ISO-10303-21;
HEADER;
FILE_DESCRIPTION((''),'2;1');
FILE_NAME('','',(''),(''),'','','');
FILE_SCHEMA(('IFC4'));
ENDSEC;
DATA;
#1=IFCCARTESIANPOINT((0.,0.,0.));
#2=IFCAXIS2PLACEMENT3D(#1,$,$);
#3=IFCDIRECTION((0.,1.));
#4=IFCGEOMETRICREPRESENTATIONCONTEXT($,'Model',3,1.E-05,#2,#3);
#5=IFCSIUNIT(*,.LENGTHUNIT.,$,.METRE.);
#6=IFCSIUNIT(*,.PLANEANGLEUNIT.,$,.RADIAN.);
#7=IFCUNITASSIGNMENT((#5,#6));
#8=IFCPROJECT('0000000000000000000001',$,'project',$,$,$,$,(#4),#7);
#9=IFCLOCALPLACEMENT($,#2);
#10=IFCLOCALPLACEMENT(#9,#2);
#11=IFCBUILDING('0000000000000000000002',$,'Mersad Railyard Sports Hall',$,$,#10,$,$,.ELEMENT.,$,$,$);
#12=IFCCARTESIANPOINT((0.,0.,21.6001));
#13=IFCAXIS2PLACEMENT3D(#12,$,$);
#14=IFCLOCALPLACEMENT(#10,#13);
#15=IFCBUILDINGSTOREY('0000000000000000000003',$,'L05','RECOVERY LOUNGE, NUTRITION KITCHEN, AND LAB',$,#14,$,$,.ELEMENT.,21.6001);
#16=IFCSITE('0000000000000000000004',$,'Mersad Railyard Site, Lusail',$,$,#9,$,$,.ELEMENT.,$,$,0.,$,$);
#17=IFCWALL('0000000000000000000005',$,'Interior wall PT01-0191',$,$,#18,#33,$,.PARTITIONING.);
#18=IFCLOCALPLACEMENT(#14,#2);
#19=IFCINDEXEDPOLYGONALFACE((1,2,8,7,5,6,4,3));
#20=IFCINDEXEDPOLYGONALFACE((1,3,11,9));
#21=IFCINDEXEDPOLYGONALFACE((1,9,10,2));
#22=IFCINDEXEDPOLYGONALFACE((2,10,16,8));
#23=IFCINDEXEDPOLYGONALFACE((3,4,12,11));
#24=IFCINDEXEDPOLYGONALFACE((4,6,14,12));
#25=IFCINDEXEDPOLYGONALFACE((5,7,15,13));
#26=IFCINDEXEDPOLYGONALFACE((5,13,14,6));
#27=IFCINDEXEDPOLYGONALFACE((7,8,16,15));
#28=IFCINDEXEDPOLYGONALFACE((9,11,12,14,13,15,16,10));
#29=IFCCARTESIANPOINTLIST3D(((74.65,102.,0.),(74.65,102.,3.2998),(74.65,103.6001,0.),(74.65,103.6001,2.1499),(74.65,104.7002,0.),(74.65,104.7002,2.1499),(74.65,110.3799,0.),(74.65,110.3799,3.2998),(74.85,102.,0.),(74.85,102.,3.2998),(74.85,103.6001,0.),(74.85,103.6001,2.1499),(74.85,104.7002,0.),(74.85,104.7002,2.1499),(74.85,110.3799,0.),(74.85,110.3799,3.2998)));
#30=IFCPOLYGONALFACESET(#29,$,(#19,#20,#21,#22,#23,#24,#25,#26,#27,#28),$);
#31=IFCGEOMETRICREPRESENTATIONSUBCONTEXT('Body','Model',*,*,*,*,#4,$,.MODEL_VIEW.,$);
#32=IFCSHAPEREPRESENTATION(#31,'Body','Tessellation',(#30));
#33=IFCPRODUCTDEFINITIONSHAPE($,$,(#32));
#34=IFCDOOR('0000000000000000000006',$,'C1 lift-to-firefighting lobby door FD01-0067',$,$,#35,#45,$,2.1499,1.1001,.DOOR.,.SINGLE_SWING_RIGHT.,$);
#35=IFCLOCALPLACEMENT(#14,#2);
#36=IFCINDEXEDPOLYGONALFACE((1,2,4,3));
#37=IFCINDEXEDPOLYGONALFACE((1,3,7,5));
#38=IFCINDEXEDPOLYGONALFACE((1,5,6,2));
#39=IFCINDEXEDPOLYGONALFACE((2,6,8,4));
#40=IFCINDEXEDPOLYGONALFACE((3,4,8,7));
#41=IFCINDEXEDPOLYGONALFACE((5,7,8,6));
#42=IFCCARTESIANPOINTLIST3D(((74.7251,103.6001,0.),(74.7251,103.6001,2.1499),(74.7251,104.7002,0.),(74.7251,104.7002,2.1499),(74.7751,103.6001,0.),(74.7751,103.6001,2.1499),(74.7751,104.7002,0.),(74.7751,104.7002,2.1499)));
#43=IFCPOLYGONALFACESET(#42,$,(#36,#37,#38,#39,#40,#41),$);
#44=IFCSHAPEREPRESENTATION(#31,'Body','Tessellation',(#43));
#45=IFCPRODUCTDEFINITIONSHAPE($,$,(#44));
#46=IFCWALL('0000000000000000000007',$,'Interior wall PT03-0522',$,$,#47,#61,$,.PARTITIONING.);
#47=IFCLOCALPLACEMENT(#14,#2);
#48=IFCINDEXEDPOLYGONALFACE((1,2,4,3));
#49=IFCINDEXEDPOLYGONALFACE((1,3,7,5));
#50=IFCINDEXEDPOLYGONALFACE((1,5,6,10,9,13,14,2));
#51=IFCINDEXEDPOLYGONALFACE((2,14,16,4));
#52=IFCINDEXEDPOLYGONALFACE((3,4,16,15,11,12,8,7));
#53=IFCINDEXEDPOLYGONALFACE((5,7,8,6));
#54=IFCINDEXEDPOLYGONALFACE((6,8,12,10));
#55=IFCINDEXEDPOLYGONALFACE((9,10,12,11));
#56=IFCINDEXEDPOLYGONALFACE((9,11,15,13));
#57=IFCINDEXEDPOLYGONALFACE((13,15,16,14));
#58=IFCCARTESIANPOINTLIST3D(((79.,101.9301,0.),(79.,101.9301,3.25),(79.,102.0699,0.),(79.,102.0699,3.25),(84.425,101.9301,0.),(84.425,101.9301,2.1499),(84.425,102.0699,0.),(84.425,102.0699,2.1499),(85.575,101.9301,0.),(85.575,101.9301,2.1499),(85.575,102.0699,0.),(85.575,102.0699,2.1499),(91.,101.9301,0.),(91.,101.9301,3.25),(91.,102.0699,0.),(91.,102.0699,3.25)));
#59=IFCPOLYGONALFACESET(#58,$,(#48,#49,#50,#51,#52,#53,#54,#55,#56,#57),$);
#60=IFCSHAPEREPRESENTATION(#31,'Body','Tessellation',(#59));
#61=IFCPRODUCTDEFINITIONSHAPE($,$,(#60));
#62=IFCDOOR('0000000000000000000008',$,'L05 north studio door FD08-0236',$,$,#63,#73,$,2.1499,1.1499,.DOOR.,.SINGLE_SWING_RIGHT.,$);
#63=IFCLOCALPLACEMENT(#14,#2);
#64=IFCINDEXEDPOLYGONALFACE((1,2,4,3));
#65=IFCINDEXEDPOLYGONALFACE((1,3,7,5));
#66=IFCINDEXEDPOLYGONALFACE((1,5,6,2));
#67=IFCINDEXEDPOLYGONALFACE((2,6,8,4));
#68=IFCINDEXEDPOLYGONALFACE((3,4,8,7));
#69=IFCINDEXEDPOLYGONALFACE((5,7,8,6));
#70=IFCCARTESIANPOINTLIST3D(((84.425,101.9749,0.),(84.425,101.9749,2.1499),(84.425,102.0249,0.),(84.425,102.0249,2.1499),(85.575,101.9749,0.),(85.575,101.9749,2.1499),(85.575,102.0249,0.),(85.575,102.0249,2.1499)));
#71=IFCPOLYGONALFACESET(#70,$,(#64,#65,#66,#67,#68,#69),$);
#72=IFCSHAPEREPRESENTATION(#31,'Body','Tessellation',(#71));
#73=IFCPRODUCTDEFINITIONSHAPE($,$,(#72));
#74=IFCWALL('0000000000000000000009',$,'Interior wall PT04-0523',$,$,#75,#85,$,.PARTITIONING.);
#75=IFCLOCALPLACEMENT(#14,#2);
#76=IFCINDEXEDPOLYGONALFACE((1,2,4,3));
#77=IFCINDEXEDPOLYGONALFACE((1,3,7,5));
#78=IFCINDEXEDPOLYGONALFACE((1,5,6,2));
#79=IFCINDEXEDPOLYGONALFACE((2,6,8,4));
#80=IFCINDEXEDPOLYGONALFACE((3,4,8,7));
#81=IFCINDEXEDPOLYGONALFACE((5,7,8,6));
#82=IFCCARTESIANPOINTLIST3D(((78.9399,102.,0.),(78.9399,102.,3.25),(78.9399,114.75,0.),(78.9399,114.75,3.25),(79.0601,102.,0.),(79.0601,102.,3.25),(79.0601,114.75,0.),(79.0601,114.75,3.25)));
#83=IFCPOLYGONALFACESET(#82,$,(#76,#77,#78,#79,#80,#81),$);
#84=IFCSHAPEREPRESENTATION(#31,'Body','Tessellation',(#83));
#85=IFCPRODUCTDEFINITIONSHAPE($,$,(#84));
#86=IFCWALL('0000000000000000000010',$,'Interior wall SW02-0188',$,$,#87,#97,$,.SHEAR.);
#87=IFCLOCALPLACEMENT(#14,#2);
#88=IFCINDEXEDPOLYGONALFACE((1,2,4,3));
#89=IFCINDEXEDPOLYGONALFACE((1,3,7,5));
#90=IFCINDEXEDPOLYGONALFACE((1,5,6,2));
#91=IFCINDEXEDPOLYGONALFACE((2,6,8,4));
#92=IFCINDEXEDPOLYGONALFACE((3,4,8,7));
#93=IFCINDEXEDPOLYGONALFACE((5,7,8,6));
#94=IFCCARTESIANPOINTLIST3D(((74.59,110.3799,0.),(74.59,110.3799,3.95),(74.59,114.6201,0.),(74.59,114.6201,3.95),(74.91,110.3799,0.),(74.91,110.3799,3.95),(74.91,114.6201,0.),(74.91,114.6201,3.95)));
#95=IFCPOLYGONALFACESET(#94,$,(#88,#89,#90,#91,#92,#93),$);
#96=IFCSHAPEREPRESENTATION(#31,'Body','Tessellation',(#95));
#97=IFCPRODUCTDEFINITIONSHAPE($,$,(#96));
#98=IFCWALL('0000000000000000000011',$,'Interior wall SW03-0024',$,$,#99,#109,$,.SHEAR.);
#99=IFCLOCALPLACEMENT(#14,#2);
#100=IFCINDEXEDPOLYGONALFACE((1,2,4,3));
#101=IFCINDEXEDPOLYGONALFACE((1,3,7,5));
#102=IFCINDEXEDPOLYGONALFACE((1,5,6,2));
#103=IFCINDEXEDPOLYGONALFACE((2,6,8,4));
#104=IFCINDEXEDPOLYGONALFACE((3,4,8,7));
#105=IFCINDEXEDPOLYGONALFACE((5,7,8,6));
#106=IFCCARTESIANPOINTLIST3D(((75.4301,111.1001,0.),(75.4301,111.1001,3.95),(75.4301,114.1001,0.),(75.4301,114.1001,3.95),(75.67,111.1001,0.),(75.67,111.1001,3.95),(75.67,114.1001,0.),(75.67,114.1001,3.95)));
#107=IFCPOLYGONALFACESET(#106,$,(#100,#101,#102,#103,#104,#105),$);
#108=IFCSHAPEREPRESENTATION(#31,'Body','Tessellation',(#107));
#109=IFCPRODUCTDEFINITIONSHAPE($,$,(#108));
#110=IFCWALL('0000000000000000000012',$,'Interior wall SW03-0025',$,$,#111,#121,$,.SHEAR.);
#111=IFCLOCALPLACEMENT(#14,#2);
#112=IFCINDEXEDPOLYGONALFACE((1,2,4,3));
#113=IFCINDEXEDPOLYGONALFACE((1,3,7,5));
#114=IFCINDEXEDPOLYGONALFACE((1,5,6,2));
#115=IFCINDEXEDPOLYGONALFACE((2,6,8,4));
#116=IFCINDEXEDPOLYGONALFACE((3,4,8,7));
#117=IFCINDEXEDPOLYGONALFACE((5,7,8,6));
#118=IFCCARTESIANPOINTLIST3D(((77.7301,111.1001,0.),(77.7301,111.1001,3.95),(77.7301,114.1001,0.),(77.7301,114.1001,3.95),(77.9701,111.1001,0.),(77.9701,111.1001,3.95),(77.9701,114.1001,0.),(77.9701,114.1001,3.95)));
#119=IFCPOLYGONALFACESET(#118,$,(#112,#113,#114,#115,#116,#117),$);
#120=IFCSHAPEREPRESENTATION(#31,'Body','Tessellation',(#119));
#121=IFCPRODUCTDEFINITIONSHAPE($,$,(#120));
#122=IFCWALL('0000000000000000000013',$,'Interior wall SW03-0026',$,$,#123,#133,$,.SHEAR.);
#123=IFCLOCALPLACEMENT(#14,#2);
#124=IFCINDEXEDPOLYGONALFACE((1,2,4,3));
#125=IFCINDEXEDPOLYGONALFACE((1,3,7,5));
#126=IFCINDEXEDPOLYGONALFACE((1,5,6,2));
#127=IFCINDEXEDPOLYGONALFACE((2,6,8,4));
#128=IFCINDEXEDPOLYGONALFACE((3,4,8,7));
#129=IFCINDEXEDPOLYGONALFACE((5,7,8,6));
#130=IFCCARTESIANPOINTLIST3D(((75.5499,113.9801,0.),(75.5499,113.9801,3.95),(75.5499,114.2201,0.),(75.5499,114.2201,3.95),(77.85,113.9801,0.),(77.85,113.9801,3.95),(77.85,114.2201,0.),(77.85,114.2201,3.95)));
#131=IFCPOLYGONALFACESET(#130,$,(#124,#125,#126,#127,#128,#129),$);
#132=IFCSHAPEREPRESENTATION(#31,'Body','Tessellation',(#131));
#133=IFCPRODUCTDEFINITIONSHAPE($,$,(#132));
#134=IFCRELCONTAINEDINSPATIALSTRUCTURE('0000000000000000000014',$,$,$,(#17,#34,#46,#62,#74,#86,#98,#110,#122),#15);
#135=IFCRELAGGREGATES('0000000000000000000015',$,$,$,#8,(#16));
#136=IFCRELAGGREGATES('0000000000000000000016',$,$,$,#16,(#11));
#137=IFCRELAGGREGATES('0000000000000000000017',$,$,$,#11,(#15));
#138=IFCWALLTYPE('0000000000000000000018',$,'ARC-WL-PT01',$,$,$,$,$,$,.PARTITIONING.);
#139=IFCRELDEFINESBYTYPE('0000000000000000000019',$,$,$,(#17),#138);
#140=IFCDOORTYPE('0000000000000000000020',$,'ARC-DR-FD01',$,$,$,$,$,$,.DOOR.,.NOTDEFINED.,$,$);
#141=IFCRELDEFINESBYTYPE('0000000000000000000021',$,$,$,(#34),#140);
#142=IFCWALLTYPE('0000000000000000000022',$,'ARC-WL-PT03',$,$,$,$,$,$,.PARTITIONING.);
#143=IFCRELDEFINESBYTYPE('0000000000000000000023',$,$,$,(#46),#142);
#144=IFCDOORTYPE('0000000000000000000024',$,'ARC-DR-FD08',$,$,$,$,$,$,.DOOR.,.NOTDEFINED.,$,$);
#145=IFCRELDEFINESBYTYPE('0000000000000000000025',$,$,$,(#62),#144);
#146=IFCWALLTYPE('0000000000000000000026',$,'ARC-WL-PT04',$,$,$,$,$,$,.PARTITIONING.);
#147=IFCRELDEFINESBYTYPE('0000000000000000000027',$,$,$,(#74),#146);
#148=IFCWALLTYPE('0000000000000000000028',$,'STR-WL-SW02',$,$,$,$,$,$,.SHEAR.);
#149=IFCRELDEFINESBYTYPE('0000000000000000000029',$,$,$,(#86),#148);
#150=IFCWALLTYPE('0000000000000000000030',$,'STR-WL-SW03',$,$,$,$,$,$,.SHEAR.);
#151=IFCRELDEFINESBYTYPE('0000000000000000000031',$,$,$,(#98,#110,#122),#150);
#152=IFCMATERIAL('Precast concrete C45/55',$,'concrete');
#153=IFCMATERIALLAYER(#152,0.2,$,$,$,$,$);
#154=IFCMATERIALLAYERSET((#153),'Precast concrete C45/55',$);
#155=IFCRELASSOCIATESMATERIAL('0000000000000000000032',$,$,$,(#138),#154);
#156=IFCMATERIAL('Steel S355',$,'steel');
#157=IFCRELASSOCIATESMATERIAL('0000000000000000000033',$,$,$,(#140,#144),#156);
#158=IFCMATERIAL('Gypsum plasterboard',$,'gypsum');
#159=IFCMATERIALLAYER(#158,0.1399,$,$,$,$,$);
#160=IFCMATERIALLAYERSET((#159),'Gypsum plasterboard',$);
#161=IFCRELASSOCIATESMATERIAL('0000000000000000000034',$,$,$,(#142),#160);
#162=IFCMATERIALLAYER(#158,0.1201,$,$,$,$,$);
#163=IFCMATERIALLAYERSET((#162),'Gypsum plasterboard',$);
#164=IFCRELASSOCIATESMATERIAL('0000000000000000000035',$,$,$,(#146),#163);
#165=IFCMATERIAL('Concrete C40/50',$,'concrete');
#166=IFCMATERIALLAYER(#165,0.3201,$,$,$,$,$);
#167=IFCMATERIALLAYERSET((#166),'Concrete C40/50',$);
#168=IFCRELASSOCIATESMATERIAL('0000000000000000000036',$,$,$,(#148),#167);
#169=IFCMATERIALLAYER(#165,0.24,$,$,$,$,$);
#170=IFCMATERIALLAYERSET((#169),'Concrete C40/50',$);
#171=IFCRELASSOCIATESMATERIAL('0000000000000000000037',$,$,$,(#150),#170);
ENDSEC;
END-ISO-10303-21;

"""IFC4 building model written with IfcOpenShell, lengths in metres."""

from ifc_helpers import new_model, si_unit, direction, frame, frame_2d, origin, place, context, subcontext, project, spatial, rectangle, extrude, material, layer, layer_set, type_object, element, fill, save


model = new_model("IFC4")

# Units and contexts
model_context = context("Model", 3, precision=1e-05, world=origin(), true_north=direction((0.0, 1.0)))
body_context = subcontext(model_context, "Body", "Model", "MODEL_VIEW")
ifc_project = project(units=[si_unit("LENGTHUNIT", "METRE"), si_unit("PLANEANGLEUNIT", "RADIAN")], contexts=[model_context])

# Site, building, storey
site_placement = place(None, origin())
site = spatial("IfcSite", under=ifc_project, at=site_placement, Name="Mersad Railyard Site, Lusail", CompositionType="ELEMENT", RefElevation=0.0)
building_placement = place(site_placement, origin())
building = spatial("IfcBuilding", under=site, at=building_placement, Name="Mersad Railyard Sports Hall", CompositionType="ELEMENT")
storey_placement = place(building_placement, frame((0.0, 0.0, 21.6001)))
storey = spatial("IfcBuildingStorey", under=building, at=storey_placement, Name="L05", Description="RECOVERY LOUNGE, NUTRITION KITCHEN, AND LAB", CompositionType="ELEMENT", Elevation=21.6001)

# Shared definitions
ifc_material_1 = material(Name="Concrete C40/50", Category="concrete")

# Walls, openings, doors
ifc_material_2 = material(Name="Precast concrete C45/55", Category="concrete")
ifc_layer_1 = layer(ifc_material_2, 0.2)
ifc_layer_set_1 = layer_set([ifc_layer_1], Name="Precast concrete C45/55")
wall_type_1 = type_object("IfcWallType", Name="ARC-WL-PT01", PredefinedType="PARTITIONING", material=ifc_layer_set_1)
wall_1_placement = place(storey_placement, frame((74.75, 102.0, 0.0), z_axis=(0.0, 0.0, 1.0), x_axis=(0.0, 1.0, 0.0)))
wall_1 = element("IfcWall", 1, at=wall_1_placement, inside=storey, type_object=wall_type_1, Name="Interior wall PT01-0191", PredefinedType="PARTITIONING", context=body_context, shape_type="SweptSolid", body=[
    extrude(rectangle(XDim=8.3799, YDim=0.2, at=frame_2d((4.1899, 0.0))), origin(), (0.0, 0.0, 1.0), 3.2998),
])
opening_1_placement = place(wall_1_placement, frame((1.6001, 0.0, 0.0)))
opening_1 = element("IfcOpeningElement", 2, at=opening_1_placement, cuts=wall_1, PredefinedType="OPENING", context=body_context, shape_type="SweptSolid", body=[
    extrude(rectangle(XDim=1.1001, YDim=2.1499, at=frame_2d((0.55, 1.075))), frame((0.0, 0.1099, 0.0), z_axis=(0.0, -1.0, 0.0), x_axis=(1.0, 0.0, 0.0)), (0.0, 0.0, 1.0), 0.22),
])
ifc_material_3 = material(Name="Steel S355", Category="steel")
door_type_1 = type_object("IfcDoorType", Name="ARC-DR-FD01", OperationType="NOTDEFINED", PredefinedType="DOOR", material=ifc_material_3)
door_1_placement = place(opening_1_placement, origin())
door_1 = element("IfcDoor", 3, at=door_1_placement, inside=storey, type_object=door_type_1, Name="C1 lift-to-firefighting lobby door FD01-0067", OperationType="SINGLE_SWING_RIGHT", OverallHeight=2.1499, OverallWidth=1.1001, PredefinedType="DOOR", context=body_context, shape_type="SweptSolid", body=[
    extrude(rectangle(XDim=1.1001, YDim=2.1499, at=frame_2d((0.55, 1.075))), frame((0.0, 0.0249, 0.0), z_axis=(0.0, -1.0, 0.0), x_axis=(1.0, 0.0, 0.0)), (0.0, 0.0, 1.0), 0.05),
])
fill(opening_1, door_1)
ifc_material_4 = material(Name="Gypsum plasterboard", Category="gypsum")
ifc_layer_2 = layer(ifc_material_4, 0.1399)
ifc_layer_set_2 = layer_set([ifc_layer_2], Name="Gypsum plasterboard")
wall_type_2 = type_object("IfcWallType", Name="ARC-WL-PT03", PredefinedType="PARTITIONING", material=ifc_layer_set_2)
wall_2_placement = place(storey_placement, frame((79.0, 102.0, 0.0), z_axis=(0.0, 0.0, 1.0), x_axis=(1.0, 0.0, 0.0)))
wall_2 = element("IfcWall", 4, at=wall_2_placement, inside=storey, type_object=wall_type_2, Name="Interior wall PT03-0522", PredefinedType="PARTITIONING", context=body_context, shape_type="SweptSolid", body=[
    extrude(rectangle(XDim=12.0, YDim=0.1399, at=frame_2d((6.0, 0.0))), origin(), (0.0, 0.0, 1.0), 3.25),
])
opening_2_placement = place(wall_2_placement, frame((5.425, 0.0, 0.0)))
opening_2 = element("IfcOpeningElement", 5, at=opening_2_placement, cuts=wall_2, PredefinedType="OPENING", context=body_context, shape_type="SweptSolid", body=[
    extrude(rectangle(XDim=1.1499, YDim=2.1499, at=frame_2d((0.575, 1.075))), frame((0.0, 0.0798, 0.0), z_axis=(0.0, -1.0, 0.0), x_axis=(1.0, 0.0, 0.0)), (0.0, 0.0, 1.0), 0.1599),
])
door_type_2 = type_object("IfcDoorType", Name="ARC-DR-FD08", OperationType="NOTDEFINED", PredefinedType="DOOR", material=ifc_material_3)
door_2_placement = place(opening_2_placement, origin())
door_2 = element("IfcDoor", 6, at=door_2_placement, inside=storey, type_object=door_type_2, Name="L05 north studio door FD08-0236", OperationType="SINGLE_SWING_RIGHT", OverallHeight=2.1499, OverallWidth=1.1499, PredefinedType="DOOR", context=body_context, shape_type="SweptSolid", body=[
    extrude(rectangle(XDim=1.1499, YDim=2.1499, at=frame_2d((0.575, 1.075))), frame((0.0, 0.0249, 0.0), z_axis=(0.0, -1.0, 0.0), x_axis=(1.0, 0.0, 0.0)), (0.0, 0.0, 1.0), 0.05),
])
fill(opening_2, door_2)

# Walls
ifc_layer_3 = layer(ifc_material_4, 0.1201)
ifc_layer_set_3 = layer_set([ifc_layer_3], Name="Gypsum plasterboard")
wall_type_3 = type_object("IfcWallType", Name="ARC-WL-PT04", PredefinedType="PARTITIONING", material=ifc_layer_set_3)
wall_3_placement = place(storey_placement, frame((79.0, 102.0, 0.0), z_axis=(0.0, 0.0, 1.0), x_axis=(0.0, 1.0, 0.0)))
element("IfcWall", 7, at=wall_3_placement, inside=storey, type_object=wall_type_3, Name="Interior wall PT04-0523", PredefinedType="PARTITIONING", context=body_context, shape_type="SweptSolid", body=[
    extrude(rectangle(XDim=12.75, YDim=0.1201, at=frame_2d((6.375, 0.0))), origin(), (0.0, 0.0, 1.0), 3.25),
])
ifc_layer_4 = layer(ifc_material_1, 0.3201)
ifc_layer_set_4 = layer_set([ifc_layer_4], Name="Concrete C40/50")
wall_type_4 = type_object("IfcWallType", Name="STR-WL-SW02", PredefinedType="SHEAR", material=ifc_layer_set_4)
wall_4_placement = place(storey_placement, frame((74.75, 110.3799, 0.0), z_axis=(0.0, 0.0, 1.0), x_axis=(0.0, 1.0, 0.0)))
element("IfcWall", 8, at=wall_4_placement, inside=storey, type_object=wall_type_4, Name="Interior wall SW02-0188", PredefinedType="SHEAR", context=body_context, shape_type="SweptSolid", body=[
    extrude(rectangle(XDim=4.2402, YDim=0.3201, at=frame_2d((2.1201, 0.0))), origin(), (0.0, 0.0, 1.0), 3.95),
])
ifc_layer_5 = layer(ifc_material_1, 0.24)
ifc_layer_set_5 = layer_set([ifc_layer_5], Name="Concrete C40/50")
wall_type_5 = type_object("IfcWallType", Name="STR-WL-SW03", PredefinedType="SHEAR", material=ifc_layer_set_5)
for number, where, z_axis, x_axis, name in (
    (9, (75.55, 111.1001, 0.0), (0.0, 0.0, 1.0), (0.0, 1.0, 0.0), "Interior wall SW03-0024"),
    (10, (77.8501, 114.1001, 0.0), (0.0, 0.0, 1.0), (0.0, -1.0, 0.0), "Interior wall SW03-0025"),
):
    element("IfcWall", number, at=place(storey_placement, frame(where, z_axis=z_axis, x_axis=x_axis)), inside=storey, type_object=wall_type_5, Name=name, PredefinedType="SHEAR", context=body_context, shape_type="SweptSolid", body=[
        extrude(rectangle(XDim=3.0, YDim=0.24, at=frame_2d((1.5, 0.0))), origin(), (0.0, 0.0, 1.0), 3.95),
    ])
wall_5_placement = place(storey_placement, frame((75.55, 114.1001, 0.0), z_axis=(0.0, 0.0, 1.0), x_axis=(1.0, 0.0, 0.0)))
element("IfcWall", 11, at=wall_5_placement, inside=storey, type_object=wall_type_5, Name="Interior wall SW03-0026", PredefinedType="SHEAR", context=body_context, shape_type="SweptSolid", body=[
    extrude(rectangle(XDim=2.3, YDim=0.24, at=frame_2d((1.1499, 0.0))), origin(), (0.0, 0.0, 1.0), 3.95),
])

save(model, "model.ifc")
